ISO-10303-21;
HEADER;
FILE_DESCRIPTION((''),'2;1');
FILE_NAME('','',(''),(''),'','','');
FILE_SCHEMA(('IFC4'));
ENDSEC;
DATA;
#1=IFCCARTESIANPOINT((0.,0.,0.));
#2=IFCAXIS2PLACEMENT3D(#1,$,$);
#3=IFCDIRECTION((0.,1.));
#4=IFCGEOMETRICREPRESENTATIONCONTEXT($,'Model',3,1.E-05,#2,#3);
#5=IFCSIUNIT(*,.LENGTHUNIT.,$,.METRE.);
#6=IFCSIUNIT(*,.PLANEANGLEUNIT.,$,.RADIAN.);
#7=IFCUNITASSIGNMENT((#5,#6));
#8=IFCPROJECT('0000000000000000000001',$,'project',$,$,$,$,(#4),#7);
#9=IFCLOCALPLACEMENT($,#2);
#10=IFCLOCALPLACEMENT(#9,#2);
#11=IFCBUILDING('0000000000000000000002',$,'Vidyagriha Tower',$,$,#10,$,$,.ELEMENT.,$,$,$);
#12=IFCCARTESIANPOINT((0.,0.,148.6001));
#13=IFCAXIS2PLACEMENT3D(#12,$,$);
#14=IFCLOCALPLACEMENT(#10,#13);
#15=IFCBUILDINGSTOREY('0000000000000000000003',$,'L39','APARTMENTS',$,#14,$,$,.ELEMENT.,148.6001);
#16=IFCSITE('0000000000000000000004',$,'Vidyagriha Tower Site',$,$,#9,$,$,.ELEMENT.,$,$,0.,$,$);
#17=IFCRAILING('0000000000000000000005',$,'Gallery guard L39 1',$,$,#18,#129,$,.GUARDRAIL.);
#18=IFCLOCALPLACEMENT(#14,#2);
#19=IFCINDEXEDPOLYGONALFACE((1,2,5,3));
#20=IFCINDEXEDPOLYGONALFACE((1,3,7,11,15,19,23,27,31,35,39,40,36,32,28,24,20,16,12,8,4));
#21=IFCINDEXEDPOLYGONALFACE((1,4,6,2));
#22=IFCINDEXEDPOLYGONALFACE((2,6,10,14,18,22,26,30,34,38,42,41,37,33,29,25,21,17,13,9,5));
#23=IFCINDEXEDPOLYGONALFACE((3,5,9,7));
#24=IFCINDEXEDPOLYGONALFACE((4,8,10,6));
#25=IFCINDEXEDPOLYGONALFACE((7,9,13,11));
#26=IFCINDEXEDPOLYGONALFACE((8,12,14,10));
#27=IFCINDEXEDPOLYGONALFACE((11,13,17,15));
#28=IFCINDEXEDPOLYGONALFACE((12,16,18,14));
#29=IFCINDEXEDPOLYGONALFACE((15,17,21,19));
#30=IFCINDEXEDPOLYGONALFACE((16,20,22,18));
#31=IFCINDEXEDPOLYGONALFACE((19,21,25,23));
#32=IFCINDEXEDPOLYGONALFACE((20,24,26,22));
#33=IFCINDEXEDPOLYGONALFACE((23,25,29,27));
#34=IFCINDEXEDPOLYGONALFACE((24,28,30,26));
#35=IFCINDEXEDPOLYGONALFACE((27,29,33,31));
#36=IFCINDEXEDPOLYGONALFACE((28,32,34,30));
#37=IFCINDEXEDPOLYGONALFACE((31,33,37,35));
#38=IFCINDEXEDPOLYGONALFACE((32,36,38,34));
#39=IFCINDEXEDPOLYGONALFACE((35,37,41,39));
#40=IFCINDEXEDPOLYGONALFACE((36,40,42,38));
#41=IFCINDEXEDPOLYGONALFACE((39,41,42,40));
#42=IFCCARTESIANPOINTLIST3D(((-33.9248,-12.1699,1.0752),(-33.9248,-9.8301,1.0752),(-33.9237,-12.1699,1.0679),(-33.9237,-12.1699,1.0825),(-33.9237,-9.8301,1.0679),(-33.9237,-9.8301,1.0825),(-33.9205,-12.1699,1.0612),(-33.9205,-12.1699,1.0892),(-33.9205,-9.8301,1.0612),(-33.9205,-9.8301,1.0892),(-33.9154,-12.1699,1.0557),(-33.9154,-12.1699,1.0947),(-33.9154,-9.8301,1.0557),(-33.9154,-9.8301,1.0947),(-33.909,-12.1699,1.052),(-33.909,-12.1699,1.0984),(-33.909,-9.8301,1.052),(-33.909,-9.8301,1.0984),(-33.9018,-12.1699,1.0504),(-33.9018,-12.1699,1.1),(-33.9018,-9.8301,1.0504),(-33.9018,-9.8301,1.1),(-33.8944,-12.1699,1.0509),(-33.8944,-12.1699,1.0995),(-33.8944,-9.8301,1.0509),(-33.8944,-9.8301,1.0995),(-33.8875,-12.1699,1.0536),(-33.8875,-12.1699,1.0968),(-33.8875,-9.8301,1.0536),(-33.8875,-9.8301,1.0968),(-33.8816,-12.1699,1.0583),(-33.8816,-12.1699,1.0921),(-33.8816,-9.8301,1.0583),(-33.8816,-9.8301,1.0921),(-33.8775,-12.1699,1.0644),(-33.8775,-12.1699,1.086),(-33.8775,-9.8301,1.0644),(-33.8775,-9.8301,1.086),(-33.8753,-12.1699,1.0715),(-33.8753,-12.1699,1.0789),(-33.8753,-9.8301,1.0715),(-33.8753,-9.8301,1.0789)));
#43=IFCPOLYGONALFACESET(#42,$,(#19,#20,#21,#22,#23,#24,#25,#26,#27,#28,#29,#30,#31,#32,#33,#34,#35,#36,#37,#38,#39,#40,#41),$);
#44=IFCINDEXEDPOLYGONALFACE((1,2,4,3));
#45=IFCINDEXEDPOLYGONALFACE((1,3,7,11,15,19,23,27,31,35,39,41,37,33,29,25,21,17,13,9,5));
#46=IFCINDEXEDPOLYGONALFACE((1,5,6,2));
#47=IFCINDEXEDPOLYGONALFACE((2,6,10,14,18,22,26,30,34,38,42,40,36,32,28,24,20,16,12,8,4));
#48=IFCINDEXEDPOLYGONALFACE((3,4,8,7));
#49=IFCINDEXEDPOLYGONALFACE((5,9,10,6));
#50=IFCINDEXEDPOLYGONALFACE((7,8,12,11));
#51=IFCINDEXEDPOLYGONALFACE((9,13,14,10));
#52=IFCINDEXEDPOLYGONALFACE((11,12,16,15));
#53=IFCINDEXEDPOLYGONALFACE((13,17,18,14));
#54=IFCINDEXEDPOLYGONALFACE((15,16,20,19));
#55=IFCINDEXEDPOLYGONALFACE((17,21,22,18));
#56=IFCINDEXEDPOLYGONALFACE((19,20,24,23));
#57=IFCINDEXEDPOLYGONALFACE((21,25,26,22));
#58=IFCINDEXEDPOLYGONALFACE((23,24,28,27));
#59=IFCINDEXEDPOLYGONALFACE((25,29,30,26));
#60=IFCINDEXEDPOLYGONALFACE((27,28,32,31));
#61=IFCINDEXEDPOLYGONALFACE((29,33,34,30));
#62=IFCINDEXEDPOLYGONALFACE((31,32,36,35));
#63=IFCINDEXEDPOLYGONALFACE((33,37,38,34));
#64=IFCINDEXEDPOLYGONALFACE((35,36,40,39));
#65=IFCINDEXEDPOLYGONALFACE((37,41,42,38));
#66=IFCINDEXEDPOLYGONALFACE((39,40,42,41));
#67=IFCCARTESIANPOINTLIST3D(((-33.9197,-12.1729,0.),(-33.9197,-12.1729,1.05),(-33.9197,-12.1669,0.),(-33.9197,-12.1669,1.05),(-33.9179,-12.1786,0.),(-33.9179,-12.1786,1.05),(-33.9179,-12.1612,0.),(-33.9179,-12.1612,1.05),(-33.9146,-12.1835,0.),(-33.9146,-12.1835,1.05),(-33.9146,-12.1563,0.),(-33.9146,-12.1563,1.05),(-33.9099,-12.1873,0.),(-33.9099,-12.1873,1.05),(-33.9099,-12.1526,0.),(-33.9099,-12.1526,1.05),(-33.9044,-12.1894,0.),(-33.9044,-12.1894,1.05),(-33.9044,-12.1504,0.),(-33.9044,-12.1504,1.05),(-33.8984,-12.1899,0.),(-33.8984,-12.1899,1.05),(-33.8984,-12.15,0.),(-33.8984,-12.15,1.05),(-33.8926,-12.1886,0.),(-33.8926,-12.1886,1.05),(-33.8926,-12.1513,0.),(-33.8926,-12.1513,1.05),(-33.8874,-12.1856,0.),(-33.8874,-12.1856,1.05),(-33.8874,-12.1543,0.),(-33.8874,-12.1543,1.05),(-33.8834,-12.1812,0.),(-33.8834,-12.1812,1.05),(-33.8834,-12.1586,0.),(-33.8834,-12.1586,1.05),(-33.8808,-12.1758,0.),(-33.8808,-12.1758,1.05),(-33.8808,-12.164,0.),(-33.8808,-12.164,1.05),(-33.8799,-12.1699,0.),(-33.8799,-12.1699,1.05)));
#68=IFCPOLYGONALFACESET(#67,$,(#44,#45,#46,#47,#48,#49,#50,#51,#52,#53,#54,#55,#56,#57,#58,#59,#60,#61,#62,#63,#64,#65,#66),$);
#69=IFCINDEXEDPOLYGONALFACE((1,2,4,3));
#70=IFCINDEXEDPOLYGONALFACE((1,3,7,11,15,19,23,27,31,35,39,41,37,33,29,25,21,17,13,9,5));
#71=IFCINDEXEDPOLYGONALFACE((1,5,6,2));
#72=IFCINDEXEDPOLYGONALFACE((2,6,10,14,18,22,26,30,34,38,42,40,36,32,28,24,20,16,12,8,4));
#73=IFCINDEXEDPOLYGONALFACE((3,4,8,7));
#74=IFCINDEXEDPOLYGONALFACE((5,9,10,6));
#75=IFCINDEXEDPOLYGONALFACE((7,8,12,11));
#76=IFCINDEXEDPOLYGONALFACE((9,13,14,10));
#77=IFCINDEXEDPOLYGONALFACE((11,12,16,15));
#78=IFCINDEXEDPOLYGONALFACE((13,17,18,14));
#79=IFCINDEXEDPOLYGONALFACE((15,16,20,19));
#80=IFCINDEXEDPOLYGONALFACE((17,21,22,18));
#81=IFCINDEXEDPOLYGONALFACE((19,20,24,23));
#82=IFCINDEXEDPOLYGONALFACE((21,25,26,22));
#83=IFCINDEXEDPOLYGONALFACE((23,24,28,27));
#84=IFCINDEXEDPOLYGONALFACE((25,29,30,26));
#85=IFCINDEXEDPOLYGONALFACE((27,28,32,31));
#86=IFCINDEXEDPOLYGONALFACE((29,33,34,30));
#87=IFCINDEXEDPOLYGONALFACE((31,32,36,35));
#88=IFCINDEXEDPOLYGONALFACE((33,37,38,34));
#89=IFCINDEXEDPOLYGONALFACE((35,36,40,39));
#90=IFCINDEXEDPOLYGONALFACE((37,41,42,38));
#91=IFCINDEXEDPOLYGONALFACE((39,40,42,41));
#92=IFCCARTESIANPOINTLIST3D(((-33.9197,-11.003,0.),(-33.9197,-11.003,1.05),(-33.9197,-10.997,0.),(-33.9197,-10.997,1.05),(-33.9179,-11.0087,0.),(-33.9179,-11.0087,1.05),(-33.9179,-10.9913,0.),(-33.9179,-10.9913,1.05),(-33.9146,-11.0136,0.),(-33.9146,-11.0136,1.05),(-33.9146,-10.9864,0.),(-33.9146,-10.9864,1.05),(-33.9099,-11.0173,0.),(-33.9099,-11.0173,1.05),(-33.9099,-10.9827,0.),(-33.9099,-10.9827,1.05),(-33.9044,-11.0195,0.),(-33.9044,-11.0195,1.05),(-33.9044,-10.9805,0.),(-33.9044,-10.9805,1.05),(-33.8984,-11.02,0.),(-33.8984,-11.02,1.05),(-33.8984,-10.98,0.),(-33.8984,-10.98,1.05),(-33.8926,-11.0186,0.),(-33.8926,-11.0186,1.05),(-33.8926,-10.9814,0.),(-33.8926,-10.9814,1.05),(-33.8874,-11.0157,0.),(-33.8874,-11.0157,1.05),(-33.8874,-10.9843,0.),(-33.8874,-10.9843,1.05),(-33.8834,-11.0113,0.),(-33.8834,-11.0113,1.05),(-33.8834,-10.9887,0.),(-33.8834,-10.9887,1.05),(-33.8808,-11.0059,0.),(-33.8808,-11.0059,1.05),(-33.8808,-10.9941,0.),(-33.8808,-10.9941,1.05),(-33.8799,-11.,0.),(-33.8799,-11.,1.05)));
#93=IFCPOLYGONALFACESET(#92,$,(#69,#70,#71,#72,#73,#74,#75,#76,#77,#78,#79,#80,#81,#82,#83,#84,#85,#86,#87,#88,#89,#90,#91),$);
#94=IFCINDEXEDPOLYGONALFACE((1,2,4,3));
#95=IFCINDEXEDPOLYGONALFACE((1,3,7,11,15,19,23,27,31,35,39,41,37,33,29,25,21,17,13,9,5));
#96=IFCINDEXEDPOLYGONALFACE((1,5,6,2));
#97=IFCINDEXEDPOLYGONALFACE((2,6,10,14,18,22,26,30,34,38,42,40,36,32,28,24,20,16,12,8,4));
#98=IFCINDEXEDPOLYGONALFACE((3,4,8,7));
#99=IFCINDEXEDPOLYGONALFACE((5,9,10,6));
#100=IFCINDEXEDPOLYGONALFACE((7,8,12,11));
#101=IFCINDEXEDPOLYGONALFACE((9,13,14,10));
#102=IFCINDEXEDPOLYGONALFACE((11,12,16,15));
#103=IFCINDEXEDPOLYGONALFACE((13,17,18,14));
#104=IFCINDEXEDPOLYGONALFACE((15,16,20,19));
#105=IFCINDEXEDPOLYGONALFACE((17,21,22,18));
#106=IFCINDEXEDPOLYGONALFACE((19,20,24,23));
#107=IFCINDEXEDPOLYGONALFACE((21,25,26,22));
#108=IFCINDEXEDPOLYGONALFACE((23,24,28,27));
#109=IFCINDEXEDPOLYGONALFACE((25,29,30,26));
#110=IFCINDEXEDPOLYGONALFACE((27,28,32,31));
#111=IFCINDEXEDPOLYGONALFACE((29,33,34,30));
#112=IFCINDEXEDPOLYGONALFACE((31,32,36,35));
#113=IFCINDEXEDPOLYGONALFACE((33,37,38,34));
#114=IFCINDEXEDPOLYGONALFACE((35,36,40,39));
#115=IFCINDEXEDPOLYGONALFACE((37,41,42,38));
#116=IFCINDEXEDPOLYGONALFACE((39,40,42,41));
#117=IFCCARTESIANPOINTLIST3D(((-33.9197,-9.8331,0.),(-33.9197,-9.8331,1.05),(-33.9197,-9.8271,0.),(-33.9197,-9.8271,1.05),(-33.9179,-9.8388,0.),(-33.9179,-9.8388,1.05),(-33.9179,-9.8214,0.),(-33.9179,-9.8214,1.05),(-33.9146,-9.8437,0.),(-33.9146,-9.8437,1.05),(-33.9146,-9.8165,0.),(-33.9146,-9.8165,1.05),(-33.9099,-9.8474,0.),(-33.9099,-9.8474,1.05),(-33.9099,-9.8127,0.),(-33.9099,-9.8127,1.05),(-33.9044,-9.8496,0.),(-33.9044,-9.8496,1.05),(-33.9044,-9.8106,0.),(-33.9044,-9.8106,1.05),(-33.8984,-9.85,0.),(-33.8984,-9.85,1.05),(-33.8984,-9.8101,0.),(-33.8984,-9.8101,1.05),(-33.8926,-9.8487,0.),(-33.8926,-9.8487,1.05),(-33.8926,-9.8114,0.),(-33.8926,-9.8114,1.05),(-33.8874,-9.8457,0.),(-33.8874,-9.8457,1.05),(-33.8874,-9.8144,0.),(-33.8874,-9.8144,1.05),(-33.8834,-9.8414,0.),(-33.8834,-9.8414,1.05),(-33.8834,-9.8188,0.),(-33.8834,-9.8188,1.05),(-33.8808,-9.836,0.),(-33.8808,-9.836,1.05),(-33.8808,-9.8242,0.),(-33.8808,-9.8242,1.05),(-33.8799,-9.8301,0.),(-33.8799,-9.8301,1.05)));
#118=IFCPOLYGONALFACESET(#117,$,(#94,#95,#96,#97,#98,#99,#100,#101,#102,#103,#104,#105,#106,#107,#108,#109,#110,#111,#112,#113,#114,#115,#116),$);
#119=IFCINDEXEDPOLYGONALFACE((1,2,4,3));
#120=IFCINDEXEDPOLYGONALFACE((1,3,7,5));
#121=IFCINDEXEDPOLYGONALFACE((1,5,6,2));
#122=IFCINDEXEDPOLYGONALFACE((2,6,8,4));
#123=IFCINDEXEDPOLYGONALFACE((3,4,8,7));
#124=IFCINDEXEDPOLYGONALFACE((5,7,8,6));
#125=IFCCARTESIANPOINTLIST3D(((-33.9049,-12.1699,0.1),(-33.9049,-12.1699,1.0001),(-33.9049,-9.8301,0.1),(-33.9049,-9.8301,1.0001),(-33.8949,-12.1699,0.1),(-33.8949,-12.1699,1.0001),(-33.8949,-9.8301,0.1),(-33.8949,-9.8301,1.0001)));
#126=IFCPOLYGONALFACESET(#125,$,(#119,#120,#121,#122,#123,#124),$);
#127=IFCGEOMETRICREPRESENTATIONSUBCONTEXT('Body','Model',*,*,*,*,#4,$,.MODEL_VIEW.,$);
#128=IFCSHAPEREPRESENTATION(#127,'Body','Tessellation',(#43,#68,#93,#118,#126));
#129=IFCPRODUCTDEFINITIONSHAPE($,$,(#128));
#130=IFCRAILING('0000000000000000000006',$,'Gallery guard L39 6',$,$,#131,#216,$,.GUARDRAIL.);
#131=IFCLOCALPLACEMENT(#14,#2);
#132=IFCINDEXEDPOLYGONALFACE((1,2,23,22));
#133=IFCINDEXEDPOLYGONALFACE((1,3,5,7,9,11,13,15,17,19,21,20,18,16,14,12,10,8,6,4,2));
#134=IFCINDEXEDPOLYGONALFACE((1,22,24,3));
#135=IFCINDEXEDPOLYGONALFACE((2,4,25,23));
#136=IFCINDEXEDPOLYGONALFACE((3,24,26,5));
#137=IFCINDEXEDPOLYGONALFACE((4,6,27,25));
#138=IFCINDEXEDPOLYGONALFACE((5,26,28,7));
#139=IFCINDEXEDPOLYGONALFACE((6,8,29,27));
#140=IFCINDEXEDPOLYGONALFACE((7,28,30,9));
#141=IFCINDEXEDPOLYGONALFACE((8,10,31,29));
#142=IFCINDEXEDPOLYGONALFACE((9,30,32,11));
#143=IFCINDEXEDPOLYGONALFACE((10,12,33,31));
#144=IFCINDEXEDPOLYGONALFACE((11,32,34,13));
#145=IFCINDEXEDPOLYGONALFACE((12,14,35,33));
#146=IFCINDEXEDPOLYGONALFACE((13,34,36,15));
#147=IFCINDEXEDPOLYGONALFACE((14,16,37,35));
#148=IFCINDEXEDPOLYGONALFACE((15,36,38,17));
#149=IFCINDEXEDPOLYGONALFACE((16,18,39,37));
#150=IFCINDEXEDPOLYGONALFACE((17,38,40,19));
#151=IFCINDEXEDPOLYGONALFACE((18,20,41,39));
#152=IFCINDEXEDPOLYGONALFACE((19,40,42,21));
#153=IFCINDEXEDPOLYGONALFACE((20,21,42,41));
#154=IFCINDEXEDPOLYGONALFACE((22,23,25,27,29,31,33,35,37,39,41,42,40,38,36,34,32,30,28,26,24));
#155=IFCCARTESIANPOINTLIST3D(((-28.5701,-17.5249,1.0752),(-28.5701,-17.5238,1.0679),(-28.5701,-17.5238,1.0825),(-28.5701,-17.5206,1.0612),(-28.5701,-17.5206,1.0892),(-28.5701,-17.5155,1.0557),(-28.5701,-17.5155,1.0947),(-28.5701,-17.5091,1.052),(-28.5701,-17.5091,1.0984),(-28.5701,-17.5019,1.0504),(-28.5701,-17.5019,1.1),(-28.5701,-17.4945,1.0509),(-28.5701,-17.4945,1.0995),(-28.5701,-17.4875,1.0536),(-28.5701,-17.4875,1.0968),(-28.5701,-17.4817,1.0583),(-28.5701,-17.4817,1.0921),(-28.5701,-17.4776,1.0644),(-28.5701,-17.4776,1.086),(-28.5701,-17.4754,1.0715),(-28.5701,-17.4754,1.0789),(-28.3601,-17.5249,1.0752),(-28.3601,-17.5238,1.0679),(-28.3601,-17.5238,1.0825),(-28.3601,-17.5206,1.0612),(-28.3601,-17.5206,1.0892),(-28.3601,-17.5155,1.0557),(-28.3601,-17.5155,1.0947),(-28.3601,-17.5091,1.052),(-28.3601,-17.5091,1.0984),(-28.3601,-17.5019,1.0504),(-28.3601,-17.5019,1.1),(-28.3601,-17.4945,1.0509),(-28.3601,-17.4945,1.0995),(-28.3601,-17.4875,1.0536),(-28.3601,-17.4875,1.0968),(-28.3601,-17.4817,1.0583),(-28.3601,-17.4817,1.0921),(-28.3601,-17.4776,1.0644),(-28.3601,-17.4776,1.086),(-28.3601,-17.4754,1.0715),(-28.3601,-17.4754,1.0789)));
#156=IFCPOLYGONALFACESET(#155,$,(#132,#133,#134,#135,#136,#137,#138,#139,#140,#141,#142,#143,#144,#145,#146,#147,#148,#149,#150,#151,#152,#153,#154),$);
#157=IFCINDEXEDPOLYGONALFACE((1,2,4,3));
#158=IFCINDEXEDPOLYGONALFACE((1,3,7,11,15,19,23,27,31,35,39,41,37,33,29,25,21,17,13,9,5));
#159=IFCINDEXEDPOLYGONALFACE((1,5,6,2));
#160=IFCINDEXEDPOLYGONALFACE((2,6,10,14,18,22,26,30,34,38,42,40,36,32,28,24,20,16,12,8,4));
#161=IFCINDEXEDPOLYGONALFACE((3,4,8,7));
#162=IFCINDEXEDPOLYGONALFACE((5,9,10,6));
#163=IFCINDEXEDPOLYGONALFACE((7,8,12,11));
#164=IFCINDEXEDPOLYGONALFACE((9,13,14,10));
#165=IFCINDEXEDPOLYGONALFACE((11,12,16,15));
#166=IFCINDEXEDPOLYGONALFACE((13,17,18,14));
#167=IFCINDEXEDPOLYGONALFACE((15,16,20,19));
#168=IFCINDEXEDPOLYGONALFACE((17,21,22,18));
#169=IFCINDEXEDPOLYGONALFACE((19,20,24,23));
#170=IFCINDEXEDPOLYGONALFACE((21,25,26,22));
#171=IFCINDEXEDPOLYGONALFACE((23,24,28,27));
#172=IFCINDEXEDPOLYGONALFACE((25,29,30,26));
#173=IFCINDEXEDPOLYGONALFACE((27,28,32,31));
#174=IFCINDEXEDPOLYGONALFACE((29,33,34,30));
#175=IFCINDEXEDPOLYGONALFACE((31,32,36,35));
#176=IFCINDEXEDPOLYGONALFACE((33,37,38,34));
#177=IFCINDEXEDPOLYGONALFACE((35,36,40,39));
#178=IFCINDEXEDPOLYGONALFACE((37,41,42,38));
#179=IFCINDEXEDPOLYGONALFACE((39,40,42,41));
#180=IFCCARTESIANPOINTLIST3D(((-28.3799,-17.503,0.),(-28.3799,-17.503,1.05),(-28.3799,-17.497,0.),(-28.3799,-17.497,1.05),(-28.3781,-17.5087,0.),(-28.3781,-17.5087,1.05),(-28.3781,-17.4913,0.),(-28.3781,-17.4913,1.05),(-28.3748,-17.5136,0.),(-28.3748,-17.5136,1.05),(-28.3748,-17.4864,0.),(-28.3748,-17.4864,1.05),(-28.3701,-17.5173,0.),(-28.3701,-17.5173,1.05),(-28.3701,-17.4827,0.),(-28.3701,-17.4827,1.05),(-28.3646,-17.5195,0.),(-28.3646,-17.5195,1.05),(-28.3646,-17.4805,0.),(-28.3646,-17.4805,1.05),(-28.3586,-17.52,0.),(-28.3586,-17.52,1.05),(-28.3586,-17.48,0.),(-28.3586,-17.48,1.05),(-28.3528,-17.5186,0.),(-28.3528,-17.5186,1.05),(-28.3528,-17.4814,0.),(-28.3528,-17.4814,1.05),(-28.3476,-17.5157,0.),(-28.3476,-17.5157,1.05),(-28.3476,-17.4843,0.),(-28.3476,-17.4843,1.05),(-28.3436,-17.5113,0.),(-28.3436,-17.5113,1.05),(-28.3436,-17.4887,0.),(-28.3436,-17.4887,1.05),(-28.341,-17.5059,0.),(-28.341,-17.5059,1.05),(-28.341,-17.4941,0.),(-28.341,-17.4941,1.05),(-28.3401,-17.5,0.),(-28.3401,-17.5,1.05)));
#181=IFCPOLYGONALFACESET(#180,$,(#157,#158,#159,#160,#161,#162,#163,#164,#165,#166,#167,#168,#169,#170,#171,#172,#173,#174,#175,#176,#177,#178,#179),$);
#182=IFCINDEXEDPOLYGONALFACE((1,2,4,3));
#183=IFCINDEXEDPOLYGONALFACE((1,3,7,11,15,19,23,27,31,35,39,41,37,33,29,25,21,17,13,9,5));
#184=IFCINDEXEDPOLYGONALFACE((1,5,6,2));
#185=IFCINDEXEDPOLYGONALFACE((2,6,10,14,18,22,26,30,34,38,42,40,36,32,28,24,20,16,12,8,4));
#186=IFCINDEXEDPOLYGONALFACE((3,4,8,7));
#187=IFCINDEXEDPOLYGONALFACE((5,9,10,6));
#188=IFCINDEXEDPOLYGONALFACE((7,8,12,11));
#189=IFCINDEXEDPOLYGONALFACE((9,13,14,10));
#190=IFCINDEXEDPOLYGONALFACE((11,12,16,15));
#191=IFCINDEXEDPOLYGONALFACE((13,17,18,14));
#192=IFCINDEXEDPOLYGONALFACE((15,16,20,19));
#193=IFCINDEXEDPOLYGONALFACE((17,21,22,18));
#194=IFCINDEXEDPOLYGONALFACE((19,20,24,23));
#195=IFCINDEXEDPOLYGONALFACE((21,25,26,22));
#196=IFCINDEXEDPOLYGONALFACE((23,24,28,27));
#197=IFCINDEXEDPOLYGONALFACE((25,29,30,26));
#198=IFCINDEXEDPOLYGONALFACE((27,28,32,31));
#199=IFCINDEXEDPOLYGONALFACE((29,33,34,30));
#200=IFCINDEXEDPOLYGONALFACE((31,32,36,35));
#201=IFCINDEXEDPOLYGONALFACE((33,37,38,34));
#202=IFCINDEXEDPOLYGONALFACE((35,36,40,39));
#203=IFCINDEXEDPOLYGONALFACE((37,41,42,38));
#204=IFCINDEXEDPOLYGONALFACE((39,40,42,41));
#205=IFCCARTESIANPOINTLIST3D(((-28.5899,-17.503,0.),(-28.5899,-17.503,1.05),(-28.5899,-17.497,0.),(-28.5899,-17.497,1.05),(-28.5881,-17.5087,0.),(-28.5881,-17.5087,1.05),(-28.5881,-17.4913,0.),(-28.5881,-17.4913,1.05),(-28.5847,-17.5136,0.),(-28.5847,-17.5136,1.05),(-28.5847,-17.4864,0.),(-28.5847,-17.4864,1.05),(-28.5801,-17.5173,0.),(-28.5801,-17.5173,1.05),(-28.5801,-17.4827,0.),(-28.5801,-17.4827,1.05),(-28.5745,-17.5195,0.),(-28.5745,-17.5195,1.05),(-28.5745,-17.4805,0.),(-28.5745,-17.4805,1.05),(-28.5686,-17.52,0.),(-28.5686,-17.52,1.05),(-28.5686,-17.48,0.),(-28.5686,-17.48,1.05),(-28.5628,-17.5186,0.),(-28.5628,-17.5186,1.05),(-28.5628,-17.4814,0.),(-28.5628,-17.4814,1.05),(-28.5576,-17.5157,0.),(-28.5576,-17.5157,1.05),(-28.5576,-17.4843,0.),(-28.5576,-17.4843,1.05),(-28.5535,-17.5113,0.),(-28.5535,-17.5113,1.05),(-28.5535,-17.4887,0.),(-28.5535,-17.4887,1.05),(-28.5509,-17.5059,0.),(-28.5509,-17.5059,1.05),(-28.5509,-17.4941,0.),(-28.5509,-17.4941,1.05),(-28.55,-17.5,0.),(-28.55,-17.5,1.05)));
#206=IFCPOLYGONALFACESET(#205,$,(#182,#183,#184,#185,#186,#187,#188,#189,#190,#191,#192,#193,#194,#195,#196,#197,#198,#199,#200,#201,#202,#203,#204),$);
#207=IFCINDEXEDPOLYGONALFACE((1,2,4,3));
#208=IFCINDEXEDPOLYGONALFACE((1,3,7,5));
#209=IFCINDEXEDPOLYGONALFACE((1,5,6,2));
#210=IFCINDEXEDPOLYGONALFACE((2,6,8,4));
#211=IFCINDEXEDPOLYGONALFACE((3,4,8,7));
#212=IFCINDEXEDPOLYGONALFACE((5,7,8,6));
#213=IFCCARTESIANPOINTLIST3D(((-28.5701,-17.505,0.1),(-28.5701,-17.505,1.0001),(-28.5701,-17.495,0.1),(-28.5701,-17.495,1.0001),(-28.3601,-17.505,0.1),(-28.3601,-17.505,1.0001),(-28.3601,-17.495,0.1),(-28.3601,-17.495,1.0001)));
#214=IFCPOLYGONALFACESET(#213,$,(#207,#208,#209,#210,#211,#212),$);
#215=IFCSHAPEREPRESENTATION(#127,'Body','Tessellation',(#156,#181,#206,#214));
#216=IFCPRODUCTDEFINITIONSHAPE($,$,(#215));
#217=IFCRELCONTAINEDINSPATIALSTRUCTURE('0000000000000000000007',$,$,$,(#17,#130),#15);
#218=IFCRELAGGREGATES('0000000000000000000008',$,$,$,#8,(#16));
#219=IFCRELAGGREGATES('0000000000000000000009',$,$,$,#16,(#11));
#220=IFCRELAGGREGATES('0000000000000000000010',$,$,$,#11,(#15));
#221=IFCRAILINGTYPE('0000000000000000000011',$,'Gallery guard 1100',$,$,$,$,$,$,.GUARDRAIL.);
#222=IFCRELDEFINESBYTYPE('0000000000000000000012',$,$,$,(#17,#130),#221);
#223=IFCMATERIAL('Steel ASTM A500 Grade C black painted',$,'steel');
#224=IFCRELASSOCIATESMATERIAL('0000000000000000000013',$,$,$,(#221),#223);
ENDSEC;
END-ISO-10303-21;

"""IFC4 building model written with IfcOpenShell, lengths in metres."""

from ifc_helpers import new_model, si_unit, direction, frame, origin, origin_2d, place, context, subcontext, project, spatial, rectangle, circle, extrude, material, type_object, element, save


model = new_model("IFC4")

# Units and contexts
model_context = context("Model", 3, precision=1e-05, world=origin(), true_north=direction((0.0, 1.0)))
body_context = subcontext(model_context, "Body", "Model", "MODEL_VIEW")
ifc_project = project(units=[si_unit("LENGTHUNIT", "METRE"), si_unit("PLANEANGLEUNIT", "RADIAN")], contexts=[model_context])

# Site, building, storey
site_placement = place(None, origin())
site = spatial("IfcSite", under=ifc_project, at=site_placement, Name="Vidyagriha Tower Site", CompositionType="ELEMENT", RefElevation=0.0)
building_placement = place(site_placement, origin())
building = spatial("IfcBuilding", under=site, at=building_placement, Name="Vidyagriha Tower", CompositionType="ELEMENT")
storey_placement = place(building_placement, frame((0.0, 0.0, 148.6001)))
storey = spatial("IfcBuildingStorey", under=building, at=storey_placement, Name="L39", Description="APARTMENTS", CompositionType="ELEMENT", Elevation=148.6001)

# Railings
ifc_material_1 = material(Name="Steel ASTM A500 Grade C black painted", Category="steel")
railing_type_1 = type_object("IfcRailingType", Name="Gallery guard 1100", PredefinedType="GUARDRAIL", material=ifc_material_1)
railing_1_placement = place(storey_placement, frame((-33.8999, -12.1699, 0.0)))
element("IfcRailing", 1, at=railing_1_placement, inside=storey, type_object=railing_type_1, Name="Gallery guard L39 1", PredefinedType="GUARDRAIL", context=body_context, shape_type="SweptSolid", body=[
    extrude(circle(Radius=0.0249, at=origin_2d()), frame((0.0, 0.0, 1.0752), z_axis=(0.0, 1.0, 0.0), x_axis=(-1.0, 0.0, 0.0)), (0.0, 0.0, 1.0), 2.3398),
    extrude(circle(Radius=0.02, at=origin_2d()), origin(), (0.0, 0.0, 1.0), 1.05),
    extrude(circle(Radius=0.02, at=origin_2d()), frame((0.0, 1.1699, 0.0)), (0.0, 0.0, 1.0), 1.05),
    extrude(circle(Radius=0.02, at=origin_2d()), frame((0.0, 2.3398, 0.0)), (0.0, 0.0, 1.0), 1.05),
    extrude(rectangle(XDim=0.01, YDim=0.9001, at=origin_2d()), frame((0.0, 0.0, 0.55), z_axis=(0.0, 1.0, 0.0), x_axis=(-1.0, 0.0, 0.0)), (0.0, 0.0, 1.0), 2.3398),
])
railing_2_placement = place(storey_placement, frame((-28.3601, -17.5, 0.0)))
element("IfcRailing", 2, at=railing_2_placement, inside=storey, type_object=railing_type_1, Name="Gallery guard L39 6", PredefinedType="GUARDRAIL", context=body_context, shape_type="SweptSolid", body=[
    extrude(circle(Radius=0.0249, at=origin_2d()), frame((0.0, 0.0, 1.0752), z_axis=(-1.0, 0.0, 0.0), x_axis=(0.0, -1.0, 0.0)), (0.0, 0.0, 1.0), 0.21),
    extrude(circle(Radius=0.02, at=origin_2d()), origin(), (0.0, 0.0, 1.0), 1.05),
    extrude(circle(Radius=0.02, at=origin_2d()), frame((-0.21, 0.0, 0.0)), (0.0, 0.0, 1.0), 1.05),
    extrude(rectangle(XDim=0.01, YDim=0.9001, at=origin_2d()), frame((0.0, 0.0, 0.55), z_axis=(-1.0, 0.0, 0.0), x_axis=(0.0, -1.0, 0.0)), (0.0, 0.0, 1.0), 0.21),
])

save(model, "model.ifc")
